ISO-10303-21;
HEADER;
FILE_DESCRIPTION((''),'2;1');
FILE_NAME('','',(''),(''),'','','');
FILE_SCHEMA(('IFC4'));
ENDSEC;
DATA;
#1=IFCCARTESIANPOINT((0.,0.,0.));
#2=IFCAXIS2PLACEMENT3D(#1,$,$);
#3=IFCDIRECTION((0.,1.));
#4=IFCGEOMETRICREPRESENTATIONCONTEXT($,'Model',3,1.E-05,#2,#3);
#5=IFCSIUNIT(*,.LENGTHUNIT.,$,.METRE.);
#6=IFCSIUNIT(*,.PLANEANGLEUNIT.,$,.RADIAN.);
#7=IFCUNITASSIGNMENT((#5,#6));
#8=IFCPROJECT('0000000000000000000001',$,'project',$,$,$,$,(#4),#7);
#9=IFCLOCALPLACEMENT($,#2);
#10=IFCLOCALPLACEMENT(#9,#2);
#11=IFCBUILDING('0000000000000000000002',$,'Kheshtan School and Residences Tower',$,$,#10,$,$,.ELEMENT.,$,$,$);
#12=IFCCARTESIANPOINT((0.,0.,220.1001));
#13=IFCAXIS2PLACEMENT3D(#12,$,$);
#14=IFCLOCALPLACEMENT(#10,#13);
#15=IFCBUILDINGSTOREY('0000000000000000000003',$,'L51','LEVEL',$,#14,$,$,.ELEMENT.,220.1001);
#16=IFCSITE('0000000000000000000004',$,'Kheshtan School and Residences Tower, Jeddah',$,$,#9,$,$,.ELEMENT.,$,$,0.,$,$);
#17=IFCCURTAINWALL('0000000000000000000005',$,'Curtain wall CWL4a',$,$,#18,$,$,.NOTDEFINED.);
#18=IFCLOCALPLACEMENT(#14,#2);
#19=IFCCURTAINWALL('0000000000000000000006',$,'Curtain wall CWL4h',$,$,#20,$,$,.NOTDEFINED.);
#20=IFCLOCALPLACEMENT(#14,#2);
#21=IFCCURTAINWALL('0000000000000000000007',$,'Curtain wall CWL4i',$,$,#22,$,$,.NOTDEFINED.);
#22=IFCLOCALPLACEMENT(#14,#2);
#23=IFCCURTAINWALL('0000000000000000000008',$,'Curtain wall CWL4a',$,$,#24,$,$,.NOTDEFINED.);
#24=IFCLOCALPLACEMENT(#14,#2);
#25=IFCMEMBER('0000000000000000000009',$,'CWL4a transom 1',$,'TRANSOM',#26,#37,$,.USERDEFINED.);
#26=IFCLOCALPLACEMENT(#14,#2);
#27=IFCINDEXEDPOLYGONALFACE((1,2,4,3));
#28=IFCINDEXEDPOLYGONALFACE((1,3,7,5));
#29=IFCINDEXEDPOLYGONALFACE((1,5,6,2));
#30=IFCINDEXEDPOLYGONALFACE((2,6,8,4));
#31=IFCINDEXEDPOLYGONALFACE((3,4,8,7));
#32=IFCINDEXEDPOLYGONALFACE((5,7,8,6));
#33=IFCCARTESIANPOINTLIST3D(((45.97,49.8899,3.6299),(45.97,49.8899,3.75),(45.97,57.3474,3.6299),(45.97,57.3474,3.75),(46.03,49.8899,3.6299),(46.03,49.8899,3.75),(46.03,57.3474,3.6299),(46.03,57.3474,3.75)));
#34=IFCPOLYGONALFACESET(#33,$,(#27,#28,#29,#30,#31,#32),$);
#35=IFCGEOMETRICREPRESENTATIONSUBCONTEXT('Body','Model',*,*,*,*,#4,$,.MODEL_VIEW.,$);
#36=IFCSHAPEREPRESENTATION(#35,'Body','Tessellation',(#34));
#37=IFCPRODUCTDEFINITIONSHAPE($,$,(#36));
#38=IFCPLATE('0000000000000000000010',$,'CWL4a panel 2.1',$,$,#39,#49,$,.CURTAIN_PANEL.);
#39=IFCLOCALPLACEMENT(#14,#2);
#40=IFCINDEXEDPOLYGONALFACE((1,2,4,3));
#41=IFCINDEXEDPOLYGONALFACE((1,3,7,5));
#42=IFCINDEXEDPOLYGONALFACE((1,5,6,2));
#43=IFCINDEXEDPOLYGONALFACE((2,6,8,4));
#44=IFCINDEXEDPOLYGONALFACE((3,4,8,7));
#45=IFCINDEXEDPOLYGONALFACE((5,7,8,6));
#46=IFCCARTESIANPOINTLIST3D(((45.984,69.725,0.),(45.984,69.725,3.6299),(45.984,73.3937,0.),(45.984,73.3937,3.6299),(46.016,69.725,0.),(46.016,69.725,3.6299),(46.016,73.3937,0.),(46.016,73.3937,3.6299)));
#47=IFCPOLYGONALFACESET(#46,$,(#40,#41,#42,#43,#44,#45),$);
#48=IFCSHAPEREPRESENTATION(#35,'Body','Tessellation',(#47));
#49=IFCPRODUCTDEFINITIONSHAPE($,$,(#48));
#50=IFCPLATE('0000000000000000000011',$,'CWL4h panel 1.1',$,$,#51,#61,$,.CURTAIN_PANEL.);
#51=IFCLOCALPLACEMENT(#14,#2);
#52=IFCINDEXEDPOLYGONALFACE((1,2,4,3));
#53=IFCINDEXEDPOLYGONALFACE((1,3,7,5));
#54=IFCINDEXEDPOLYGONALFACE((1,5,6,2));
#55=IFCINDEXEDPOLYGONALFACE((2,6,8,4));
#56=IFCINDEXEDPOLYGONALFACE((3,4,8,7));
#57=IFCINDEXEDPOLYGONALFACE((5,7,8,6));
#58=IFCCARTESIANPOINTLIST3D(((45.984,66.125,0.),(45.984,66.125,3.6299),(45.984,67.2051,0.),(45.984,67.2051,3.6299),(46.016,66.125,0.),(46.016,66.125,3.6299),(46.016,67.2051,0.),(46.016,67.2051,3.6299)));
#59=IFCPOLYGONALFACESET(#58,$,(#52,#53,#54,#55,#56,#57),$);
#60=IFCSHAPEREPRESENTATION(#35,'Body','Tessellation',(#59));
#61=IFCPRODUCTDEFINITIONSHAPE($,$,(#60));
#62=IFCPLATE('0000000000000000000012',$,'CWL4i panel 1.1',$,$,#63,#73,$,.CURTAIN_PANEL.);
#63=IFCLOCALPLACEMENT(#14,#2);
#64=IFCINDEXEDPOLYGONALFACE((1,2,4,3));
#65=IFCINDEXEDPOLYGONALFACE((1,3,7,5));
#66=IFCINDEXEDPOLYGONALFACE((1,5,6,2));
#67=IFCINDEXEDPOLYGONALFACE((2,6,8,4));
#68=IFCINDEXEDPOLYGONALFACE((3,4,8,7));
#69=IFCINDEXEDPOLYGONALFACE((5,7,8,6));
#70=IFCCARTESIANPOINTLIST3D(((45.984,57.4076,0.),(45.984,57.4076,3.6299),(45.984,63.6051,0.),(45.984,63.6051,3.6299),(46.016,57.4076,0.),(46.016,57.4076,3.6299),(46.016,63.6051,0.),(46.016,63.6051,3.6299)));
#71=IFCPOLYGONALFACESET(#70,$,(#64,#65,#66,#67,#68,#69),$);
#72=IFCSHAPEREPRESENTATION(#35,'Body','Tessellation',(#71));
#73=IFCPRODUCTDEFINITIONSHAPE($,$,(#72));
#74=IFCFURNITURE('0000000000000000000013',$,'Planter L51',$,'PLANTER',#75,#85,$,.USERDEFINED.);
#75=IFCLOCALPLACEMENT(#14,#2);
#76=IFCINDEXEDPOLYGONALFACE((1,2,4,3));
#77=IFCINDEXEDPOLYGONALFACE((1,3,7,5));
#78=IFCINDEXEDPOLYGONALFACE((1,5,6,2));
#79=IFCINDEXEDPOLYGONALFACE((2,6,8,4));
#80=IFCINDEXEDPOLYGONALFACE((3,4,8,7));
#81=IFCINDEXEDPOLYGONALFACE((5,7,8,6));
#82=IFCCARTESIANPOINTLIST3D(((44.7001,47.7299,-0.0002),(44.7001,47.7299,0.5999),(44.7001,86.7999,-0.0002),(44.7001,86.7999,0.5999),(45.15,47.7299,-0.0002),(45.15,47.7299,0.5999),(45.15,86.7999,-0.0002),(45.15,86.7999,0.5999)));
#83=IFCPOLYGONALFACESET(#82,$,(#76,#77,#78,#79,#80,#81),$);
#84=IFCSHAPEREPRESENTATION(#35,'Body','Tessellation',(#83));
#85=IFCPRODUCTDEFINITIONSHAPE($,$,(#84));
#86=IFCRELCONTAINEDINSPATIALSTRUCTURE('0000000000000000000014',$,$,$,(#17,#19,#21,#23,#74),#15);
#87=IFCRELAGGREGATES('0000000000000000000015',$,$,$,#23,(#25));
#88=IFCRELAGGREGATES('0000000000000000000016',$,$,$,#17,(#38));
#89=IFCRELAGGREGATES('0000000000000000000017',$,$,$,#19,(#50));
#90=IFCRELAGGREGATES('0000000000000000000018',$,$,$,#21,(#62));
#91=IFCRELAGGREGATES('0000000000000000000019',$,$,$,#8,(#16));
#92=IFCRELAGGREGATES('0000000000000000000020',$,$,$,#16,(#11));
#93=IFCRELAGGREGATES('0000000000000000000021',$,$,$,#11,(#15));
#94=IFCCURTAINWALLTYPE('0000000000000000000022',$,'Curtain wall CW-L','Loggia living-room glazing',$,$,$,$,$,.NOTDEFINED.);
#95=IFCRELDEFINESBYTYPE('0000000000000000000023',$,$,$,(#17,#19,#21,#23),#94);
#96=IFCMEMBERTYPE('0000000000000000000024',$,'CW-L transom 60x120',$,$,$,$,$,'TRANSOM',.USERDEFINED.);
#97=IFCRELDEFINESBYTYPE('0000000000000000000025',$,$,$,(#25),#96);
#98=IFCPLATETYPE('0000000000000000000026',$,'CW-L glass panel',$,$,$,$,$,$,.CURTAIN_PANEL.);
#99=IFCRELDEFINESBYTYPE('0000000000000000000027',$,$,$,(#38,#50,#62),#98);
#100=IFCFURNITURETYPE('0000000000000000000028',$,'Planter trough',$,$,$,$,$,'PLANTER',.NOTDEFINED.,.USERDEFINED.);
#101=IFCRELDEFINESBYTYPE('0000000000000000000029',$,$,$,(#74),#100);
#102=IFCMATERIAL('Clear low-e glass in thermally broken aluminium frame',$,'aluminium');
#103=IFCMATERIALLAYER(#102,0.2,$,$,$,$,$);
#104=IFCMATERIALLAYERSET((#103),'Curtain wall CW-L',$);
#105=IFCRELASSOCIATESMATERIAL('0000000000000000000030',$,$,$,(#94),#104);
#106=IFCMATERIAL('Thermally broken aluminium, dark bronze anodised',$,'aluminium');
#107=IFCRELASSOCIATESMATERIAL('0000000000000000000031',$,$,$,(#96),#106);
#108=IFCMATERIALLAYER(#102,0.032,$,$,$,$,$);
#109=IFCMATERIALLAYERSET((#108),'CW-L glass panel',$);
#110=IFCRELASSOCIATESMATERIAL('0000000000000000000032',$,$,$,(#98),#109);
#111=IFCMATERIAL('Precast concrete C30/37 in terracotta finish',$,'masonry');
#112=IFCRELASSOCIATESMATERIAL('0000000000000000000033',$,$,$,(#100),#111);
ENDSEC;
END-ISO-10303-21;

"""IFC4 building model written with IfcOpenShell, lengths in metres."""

from ifc_helpers import new_model, si_unit, direction, frame, origin, origin_2d, place, context, subcontext, project, spatial, rectangle, extrude, material, layer, layer_set, material_profile, profile_set, type_object, element, aggregate, save


model = new_model("IFC4")

# Units and contexts
model_context = context("Model", 3, precision=1e-05, world=origin(), true_north=direction((0.0, 1.0)))
body_context = subcontext(model_context, "Body", "Model", "MODEL_VIEW")
ifc_project = project(units=[si_unit("LENGTHUNIT", "METRE"), si_unit("PLANEANGLEUNIT", "RADIAN")], contexts=[model_context])

# Site, building, storey
site_placement = place(None, origin())
site = spatial("IfcSite", under=ifc_project, at=site_placement, Name="Kheshtan School and Residences Tower, Jeddah", CompositionType="ELEMENT", RefElevation=0.0)
building_placement = place(site_placement, origin())
building = spatial("IfcBuilding", under=site, at=building_placement, Name="Kheshtan School and Residences Tower", CompositionType="ELEMENT")
storey_placement = place(building_placement, frame((0.0, 0.0, 220.1001)))
storey = spatial("IfcBuildingStorey", under=building, at=storey_placement, Name="L51", Description="LEVEL", CompositionType="ELEMENT", Elevation=220.1001)

# Curtain wall
ifc_material_1 = material(Name="Clear low-e glass in thermally broken aluminium frame", Category="aluminium")
ifc_layer_1 = layer(ifc_material_1, 0.2)
ifc_layer_set_1 = layer_set([ifc_layer_1], Name="Curtain wall CW-L")
curtain_wall_type = type_object("IfcCurtainWallType", Name="Curtain wall CW-L", Description="Loggia living-room glazing", PredefinedType="NOTDEFINED", material=ifc_layer_set_1)
curtain_wall_1_placement = place(storey_placement, origin())
curtain_wall_1 = element("IfcCurtainWall", 1, at=curtain_wall_1_placement, inside=storey, type_object=curtain_wall_type, Name="Curtain wall CWL4a", PredefinedType="NOTDEFINED")
ifc_material_2 = material(Name="Thermally broken aluminium, dark bronze anodised", Category="aluminium")

# Curtain walls
curtain_wall_2_placement = place(storey_placement, origin())
curtain_wall_2 = element("IfcCurtainWall", 2, at=curtain_wall_2_placement, inside=storey, type_object=curtain_wall_type, Name="Curtain wall CWL4h", PredefinedType="NOTDEFINED")
curtain_wall_3_placement = place(storey_placement, origin())
curtain_wall_3 = element("IfcCurtainWall", 3, at=curtain_wall_3_placement, inside=storey, type_object=curtain_wall_type, Name="Curtain wall CWL4i", PredefinedType="NOTDEFINED")

# Shared definitions
ifc_material_profile_1 = material_profile(ifc_material_2, rectangle(XDim=0.0601, YDim=0.1201, at=origin_2d()), Name="CW-L transom 60x120")
ifc_profile_set_1 = profile_set([ifc_material_profile_1], Name="Thermally broken aluminium, dark bronze anodised")
member_type_1 = type_object("IfcMemberType", Name="CW-L transom 60x120", ElementType="TRANSOM", PredefinedType="USERDEFINED", material=ifc_profile_set_1)

# Curtain wall, member
curtain_wall_4_placement = place(storey_placement, origin())
curtain_wall_4 = element("IfcCurtainWall", 4, at=curtain_wall_4_placement, inside=storey, type_object=curtain_wall_type, Name="Curtain wall CWL4a", PredefinedType="NOTDEFINED")
member_1_placement = place(storey_placement, frame((46.0, 57.3474, 3.6899), z_axis=(0.0, -1.0, 0.0), x_axis=(1.0, 0.0, 0.0)))
member_1 = element("IfcMember", 5, at=member_1_placement, type_object=member_type_1, Name="CWL4a transom 1", ObjectType="TRANSOM", PredefinedType="USERDEFINED", context=body_context, shape_type="SweptSolid", body=[
    extrude(rectangle(XDim=0.0601, YDim=0.1201, at=origin_2d()), origin(), (0.0, 0.0, 1.0), 7.4575),
])
aggregate(curtain_wall_4, [member_1])

# Plates
ifc_layer_2 = layer(ifc_material_1, 0.032)
ifc_layer_set_2 = layer_set([ifc_layer_2], Name="CW-L glass panel")
plate_type = type_object("IfcPlateType", Name="CW-L glass panel", PredefinedType="CURTAIN_PANEL", material=ifc_layer_set_2)
plate_1_placement = place(storey_placement, frame((46.0, 71.5593, 0.0), z_axis=(0.0, 0.0, 1.0), x_axis=(0.0, -1.0, 0.0)))
plate_1 = element("IfcPlate", 6, at=plate_1_placement, type_object=plate_type, Name="CWL4a panel 2.1", PredefinedType="CURTAIN_PANEL", context=body_context, shape_type="SweptSolid", body=[
    extrude(rectangle(XDim=3.6687, YDim=0.032, at=origin_2d()), origin(), (0.0, 0.0, 1.0), 3.6299),
])
aggregate(curtain_wall_1, [plate_1])
plate_2_placement = place(storey_placement, frame((46.0, 66.665, 0.0), z_axis=(0.0, 0.0, 1.0), x_axis=(0.0, -1.0, 0.0)))
plate_2 = element("IfcPlate", 7, at=plate_2_placement, type_object=plate_type, Name="CWL4h panel 1.1", PredefinedType="CURTAIN_PANEL", context=body_context, shape_type="SweptSolid", body=[
    extrude(rectangle(XDim=1.0801, YDim=0.032, at=origin_2d()), origin(), (0.0, 0.0, 1.0), 3.6299),
])
aggregate(curtain_wall_2, [plate_2])
plate_3_placement = place(storey_placement, frame((46.0, 60.5063, 0.0), z_axis=(0.0, 0.0, 1.0), x_axis=(0.0, -1.0, 0.0)))
plate_3 = element("IfcPlate", 8, at=plate_3_placement, type_object=plate_type, Name="CWL4i panel 1.1", PredefinedType="CURTAIN_PANEL", context=body_context, shape_type="SweptSolid", body=[
    extrude(rectangle(XDim=6.1975, YDim=0.032, at=origin_2d()), origin(), (0.0, 0.0, 1.0), 3.6299),
])
aggregate(curtain_wall_3, [plate_3])

# Furniture
ifc_material_3 = material(Name="Precast concrete C30/37 in terracotta finish", Category="masonry")
furniture_type = type_object("IfcFurnitureType", Name="Planter trough", ElementType="PLANTER", AssemblyPlace="NOTDEFINED", PredefinedType="USERDEFINED", material=ifc_material_3)
furniture_placement = place(storey_placement, frame((44.925, 67.2649, -0.0002), z_axis=(0.0, 0.0, 1.0), x_axis=(0.0, -1.0, 0.0)))
element("IfcFurniture", 9, at=furniture_placement, inside=storey, type_object=furniture_type, Name="Planter L51", ObjectType="PLANTER", PredefinedType="USERDEFINED", context=body_context, shape_type="SweptSolid", body=[
    extrude(rectangle(XDim=39.0701, YDim=0.45, at=origin_2d()), origin(), (0.0, 0.0, 1.0), 0.6001),
])

save(model, "model.ifc")
